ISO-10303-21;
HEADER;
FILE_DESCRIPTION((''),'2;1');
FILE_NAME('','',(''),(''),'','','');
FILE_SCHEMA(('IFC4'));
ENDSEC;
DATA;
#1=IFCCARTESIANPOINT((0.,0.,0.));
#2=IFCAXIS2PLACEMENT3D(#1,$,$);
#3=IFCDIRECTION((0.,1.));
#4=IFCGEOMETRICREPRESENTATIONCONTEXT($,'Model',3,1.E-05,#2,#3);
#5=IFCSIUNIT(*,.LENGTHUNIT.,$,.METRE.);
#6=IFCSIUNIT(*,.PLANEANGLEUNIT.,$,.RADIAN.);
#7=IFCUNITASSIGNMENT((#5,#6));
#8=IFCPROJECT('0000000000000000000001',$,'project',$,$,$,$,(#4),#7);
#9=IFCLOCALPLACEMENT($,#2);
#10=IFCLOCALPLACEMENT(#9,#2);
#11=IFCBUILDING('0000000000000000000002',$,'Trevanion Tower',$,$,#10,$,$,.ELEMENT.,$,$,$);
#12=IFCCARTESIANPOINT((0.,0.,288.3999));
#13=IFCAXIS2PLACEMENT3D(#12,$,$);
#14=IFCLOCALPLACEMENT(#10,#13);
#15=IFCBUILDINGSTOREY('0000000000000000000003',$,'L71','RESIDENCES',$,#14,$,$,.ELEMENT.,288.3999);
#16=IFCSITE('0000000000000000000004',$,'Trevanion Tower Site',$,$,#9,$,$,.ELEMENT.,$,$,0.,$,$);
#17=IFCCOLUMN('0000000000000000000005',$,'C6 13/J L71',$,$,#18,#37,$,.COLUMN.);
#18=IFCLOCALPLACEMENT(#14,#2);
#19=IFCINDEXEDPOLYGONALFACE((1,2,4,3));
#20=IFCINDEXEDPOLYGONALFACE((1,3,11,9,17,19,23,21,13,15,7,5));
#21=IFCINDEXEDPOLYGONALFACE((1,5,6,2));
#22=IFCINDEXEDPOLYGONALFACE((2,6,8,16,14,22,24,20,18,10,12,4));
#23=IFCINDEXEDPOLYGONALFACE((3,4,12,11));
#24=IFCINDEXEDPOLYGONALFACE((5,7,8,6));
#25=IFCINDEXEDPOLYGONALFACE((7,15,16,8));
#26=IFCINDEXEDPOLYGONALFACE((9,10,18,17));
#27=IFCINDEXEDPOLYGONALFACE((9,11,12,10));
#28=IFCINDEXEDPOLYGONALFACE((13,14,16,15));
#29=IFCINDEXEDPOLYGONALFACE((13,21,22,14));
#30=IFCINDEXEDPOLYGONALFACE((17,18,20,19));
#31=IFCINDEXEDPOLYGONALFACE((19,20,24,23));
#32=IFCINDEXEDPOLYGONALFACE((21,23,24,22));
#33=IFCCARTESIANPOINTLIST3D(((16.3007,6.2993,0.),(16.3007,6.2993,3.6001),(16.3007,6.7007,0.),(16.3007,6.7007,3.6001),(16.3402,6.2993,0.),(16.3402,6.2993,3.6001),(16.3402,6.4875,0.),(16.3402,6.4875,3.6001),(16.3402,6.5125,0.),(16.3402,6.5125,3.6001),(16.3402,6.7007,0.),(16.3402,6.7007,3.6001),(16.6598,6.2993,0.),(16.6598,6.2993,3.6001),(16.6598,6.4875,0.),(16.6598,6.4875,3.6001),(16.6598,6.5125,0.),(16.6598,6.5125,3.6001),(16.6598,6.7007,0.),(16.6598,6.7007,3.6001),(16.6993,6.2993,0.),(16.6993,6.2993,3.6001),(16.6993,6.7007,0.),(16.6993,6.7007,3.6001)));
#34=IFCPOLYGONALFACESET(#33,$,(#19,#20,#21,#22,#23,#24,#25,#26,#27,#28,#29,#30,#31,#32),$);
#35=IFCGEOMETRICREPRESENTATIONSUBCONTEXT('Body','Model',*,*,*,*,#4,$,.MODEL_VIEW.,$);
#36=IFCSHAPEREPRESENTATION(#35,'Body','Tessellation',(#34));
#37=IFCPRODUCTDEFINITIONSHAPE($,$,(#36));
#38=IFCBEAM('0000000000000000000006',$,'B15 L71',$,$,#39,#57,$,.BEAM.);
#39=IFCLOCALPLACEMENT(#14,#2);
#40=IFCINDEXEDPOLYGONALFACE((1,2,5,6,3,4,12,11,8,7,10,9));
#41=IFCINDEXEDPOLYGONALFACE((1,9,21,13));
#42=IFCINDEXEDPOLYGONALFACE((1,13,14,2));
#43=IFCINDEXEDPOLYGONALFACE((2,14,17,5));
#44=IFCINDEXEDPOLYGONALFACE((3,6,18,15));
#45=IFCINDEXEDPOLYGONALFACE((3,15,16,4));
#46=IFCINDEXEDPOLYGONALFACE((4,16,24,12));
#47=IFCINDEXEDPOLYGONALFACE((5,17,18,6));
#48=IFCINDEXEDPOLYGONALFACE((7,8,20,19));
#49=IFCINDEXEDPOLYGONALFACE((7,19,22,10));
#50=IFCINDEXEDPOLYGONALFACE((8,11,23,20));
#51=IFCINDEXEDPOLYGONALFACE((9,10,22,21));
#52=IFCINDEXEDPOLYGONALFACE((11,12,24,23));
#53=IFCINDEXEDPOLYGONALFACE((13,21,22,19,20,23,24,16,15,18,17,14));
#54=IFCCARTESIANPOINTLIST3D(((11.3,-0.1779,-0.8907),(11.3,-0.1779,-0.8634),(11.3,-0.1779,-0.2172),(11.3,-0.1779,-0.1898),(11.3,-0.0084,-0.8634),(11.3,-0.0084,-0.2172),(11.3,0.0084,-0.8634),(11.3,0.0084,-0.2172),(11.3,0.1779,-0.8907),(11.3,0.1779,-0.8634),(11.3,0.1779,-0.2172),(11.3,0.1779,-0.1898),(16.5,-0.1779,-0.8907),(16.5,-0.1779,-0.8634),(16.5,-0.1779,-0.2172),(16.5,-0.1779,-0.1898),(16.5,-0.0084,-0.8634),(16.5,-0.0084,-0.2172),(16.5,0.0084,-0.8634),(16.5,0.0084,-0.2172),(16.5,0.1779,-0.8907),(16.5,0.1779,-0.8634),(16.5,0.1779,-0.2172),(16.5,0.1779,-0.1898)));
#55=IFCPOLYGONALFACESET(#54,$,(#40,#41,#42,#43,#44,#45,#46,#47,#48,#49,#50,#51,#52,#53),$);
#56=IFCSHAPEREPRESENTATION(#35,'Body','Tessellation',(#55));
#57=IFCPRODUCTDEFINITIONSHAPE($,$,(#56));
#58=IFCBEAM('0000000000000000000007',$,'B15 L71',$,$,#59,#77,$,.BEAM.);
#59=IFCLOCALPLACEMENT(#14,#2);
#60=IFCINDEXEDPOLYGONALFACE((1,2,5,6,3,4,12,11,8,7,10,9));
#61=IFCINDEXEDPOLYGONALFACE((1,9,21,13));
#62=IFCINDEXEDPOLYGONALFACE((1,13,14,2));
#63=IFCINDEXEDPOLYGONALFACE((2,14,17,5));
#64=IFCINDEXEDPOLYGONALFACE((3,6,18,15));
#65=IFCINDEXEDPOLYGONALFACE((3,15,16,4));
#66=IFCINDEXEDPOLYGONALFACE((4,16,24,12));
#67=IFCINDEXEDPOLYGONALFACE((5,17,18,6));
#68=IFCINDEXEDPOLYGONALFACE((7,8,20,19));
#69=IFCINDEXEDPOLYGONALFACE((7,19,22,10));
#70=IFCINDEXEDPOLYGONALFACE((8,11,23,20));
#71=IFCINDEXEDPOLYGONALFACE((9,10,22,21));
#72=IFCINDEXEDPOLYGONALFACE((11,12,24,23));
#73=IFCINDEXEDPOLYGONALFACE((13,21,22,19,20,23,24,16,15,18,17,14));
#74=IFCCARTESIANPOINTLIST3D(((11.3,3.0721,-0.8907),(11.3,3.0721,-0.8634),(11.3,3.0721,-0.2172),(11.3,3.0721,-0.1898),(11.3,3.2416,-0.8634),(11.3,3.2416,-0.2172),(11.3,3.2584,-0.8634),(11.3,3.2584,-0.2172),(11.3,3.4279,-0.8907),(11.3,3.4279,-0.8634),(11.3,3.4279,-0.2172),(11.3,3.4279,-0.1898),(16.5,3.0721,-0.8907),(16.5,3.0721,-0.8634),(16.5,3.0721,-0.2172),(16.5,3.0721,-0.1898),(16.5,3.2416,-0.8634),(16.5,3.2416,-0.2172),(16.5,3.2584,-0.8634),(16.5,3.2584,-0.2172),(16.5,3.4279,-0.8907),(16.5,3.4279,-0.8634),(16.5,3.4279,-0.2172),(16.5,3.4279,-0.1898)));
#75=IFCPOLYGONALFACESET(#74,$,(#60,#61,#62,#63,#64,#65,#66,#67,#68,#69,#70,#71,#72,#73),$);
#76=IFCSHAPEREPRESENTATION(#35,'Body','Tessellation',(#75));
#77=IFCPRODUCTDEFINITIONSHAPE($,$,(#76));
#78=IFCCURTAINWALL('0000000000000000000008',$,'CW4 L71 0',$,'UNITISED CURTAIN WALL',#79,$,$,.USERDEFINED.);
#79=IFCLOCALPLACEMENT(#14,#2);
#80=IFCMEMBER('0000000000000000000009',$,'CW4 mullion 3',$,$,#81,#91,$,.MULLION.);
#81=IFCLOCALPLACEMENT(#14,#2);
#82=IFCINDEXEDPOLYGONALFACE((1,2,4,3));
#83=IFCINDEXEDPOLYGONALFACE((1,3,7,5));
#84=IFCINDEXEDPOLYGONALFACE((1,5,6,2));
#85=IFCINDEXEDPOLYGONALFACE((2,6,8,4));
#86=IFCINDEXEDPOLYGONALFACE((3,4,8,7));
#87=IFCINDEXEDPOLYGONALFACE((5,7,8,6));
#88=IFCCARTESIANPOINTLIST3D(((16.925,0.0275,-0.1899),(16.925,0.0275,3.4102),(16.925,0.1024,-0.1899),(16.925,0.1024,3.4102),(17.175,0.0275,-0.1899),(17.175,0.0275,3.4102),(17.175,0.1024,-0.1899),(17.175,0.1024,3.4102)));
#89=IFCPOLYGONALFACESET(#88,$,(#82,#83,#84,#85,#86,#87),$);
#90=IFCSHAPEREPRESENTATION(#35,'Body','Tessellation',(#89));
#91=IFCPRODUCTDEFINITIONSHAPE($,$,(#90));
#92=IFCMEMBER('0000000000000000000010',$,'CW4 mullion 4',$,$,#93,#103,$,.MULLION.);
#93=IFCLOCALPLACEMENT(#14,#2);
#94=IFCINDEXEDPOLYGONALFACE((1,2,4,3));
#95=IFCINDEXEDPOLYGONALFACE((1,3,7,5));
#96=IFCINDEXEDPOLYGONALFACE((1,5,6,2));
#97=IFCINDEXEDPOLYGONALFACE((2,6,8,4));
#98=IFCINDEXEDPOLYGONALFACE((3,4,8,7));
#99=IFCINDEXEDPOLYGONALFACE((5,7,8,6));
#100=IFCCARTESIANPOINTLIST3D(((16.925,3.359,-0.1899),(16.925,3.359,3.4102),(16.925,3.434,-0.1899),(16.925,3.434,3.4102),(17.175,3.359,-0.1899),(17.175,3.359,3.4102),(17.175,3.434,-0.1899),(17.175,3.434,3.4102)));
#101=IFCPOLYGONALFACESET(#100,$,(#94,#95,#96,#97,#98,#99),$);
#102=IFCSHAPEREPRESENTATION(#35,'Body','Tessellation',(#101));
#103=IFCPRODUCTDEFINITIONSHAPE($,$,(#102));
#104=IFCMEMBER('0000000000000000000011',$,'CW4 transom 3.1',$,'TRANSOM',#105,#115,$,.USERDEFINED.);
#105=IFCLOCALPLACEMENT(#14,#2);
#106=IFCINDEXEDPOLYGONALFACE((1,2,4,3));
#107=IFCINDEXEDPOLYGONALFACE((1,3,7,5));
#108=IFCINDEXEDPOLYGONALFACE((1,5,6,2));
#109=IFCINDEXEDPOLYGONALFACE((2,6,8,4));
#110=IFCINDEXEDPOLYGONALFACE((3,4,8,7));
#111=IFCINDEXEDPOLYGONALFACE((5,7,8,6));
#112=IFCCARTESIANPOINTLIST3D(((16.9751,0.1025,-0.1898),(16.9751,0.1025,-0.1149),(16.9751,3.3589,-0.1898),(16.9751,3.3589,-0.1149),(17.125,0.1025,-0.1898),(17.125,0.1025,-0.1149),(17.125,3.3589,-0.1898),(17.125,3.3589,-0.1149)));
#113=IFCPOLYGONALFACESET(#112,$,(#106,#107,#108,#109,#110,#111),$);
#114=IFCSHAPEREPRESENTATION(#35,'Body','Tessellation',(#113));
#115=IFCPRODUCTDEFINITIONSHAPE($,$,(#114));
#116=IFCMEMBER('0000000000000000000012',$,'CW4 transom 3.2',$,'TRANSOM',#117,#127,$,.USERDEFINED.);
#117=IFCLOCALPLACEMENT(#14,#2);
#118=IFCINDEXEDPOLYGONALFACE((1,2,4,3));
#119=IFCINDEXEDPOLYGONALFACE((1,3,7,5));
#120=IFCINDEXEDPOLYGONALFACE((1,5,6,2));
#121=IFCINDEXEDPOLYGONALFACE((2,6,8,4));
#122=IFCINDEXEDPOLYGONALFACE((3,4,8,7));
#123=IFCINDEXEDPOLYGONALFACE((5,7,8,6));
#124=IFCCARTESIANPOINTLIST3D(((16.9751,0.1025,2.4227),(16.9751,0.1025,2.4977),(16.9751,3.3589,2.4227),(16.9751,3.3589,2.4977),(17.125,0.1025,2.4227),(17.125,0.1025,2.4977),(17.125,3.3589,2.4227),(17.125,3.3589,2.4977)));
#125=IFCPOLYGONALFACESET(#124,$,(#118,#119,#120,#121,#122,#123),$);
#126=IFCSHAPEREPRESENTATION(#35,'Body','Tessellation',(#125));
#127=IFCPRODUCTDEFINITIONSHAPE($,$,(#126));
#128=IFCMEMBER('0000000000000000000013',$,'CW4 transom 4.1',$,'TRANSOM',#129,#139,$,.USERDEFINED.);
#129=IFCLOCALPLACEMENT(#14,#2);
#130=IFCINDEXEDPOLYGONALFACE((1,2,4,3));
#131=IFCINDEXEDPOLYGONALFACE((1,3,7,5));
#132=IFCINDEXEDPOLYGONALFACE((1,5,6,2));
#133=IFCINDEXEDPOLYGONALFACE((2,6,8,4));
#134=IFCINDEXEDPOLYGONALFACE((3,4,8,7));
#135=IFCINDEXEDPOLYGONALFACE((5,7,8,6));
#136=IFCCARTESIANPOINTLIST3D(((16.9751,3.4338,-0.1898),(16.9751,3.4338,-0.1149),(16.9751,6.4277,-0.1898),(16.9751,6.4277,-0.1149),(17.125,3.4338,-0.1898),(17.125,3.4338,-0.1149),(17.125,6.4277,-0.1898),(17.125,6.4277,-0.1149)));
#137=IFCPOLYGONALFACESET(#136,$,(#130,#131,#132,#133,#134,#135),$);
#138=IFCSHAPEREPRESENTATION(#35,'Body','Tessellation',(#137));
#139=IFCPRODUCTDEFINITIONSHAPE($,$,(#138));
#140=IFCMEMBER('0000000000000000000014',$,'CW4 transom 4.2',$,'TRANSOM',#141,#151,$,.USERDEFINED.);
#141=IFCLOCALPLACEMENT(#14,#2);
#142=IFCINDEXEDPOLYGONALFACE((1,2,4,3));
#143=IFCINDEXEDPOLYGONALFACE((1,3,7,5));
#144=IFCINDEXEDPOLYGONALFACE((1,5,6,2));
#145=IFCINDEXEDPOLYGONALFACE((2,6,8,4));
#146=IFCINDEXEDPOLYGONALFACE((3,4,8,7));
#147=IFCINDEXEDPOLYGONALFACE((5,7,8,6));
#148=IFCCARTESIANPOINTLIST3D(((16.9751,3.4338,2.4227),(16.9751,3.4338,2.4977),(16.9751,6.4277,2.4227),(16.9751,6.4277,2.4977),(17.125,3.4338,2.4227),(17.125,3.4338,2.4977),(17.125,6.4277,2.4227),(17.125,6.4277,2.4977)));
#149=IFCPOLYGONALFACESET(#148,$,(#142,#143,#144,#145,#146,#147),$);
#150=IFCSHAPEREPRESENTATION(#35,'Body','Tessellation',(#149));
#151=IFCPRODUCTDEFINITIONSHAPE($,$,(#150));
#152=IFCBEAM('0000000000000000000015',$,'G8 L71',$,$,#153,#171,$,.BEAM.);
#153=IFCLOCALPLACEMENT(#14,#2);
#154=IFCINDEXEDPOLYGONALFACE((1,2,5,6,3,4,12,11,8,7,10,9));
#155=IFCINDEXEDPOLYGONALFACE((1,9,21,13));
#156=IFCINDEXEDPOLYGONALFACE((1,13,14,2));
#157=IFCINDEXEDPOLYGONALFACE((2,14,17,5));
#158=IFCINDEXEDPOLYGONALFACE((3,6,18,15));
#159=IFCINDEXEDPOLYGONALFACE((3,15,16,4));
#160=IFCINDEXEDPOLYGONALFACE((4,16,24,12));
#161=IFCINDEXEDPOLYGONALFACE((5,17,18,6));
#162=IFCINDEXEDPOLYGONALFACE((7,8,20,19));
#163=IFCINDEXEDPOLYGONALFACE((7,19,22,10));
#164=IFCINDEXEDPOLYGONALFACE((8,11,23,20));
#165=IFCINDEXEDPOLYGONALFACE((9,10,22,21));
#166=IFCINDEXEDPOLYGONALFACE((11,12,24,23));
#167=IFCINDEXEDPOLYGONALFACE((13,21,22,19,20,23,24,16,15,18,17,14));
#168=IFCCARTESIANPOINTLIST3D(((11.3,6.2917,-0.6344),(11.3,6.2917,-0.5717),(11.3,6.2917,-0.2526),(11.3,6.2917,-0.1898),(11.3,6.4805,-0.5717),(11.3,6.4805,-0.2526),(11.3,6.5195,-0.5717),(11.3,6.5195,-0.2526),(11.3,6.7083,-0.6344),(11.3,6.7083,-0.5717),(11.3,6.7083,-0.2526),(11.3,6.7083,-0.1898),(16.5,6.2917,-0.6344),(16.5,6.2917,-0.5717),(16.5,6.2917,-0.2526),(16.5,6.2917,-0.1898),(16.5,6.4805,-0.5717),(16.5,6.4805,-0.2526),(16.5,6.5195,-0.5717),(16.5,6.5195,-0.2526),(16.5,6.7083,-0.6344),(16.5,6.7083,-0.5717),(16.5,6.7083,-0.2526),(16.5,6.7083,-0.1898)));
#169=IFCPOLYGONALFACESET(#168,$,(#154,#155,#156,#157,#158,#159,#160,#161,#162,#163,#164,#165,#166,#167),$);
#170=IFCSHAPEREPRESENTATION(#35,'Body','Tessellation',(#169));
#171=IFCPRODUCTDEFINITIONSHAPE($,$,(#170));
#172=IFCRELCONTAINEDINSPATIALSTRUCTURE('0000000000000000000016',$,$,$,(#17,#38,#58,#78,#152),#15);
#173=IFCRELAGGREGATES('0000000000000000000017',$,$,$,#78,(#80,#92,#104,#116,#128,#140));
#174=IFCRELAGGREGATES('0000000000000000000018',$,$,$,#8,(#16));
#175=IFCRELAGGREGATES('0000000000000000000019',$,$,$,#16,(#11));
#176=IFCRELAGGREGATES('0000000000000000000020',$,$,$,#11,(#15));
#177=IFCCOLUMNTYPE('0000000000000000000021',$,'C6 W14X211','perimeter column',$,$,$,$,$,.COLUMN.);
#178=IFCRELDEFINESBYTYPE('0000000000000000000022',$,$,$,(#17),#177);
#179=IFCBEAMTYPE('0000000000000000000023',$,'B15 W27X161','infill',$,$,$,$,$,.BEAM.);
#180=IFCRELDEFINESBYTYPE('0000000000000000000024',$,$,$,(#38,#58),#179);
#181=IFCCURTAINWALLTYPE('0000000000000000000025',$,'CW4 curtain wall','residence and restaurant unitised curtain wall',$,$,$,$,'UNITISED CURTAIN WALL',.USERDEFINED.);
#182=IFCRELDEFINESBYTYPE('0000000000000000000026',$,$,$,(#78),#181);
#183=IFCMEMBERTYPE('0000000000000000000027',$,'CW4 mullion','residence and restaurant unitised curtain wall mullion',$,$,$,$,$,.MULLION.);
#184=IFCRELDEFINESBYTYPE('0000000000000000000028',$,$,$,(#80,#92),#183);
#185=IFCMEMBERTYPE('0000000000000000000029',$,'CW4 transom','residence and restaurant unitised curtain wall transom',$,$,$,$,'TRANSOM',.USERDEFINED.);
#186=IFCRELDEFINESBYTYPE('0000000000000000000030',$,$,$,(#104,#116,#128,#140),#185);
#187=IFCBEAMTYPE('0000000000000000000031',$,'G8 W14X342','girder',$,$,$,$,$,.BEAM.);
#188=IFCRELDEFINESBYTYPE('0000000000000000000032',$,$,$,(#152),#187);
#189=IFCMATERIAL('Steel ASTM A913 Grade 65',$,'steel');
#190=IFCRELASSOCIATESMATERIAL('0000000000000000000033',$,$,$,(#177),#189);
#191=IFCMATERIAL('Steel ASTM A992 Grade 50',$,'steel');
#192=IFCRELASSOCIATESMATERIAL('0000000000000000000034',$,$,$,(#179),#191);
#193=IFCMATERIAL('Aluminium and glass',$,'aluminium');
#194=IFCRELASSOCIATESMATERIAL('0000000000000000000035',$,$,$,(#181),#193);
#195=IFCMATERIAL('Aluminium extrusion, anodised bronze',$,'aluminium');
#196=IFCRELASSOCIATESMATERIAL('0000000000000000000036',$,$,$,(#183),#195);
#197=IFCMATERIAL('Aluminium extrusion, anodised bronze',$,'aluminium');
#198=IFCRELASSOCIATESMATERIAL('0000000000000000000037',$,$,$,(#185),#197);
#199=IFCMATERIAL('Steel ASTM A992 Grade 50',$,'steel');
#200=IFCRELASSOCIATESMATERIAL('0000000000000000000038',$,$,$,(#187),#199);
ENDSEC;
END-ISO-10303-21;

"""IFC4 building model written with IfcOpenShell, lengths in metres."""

from ifc_helpers import new_model, si_unit, direction, frame, origin, origin_2d, place, context, subcontext, project, spatial, rectangle, i_section, extrude, material, material_profile, profile_set, type_object, element, aggregate, save


model = new_model("IFC4")

# Units and contexts
model_context = context("Model", 3, precision=1e-05, world=origin(), true_north=direction((0.0, 1.0)))
body_context = subcontext(model_context, "Body", "Model", "MODEL_VIEW")
ifc_project = project(units=[si_unit("LENGTHUNIT", "METRE"), si_unit("PLANEANGLEUNIT", "RADIAN")], contexts=[model_context])

# Site, building, storey
site_placement = place(None, origin())
site = spatial("IfcSite", under=ifc_project, at=site_placement, Name="Trevanion Tower Site", CompositionType="ELEMENT", RefElevation=0.0)
building_placement = place(site_placement, origin())
building = spatial("IfcBuilding", under=site, at=building_placement, Name="Trevanion Tower", CompositionType="ELEMENT")
storey_placement = place(building_placement, frame((0.0, 0.0, 288.3999)))
storey = spatial("IfcBuildingStorey", under=building, at=storey_placement, Name="L71", Description="RESIDENCES", CompositionType="ELEMENT", Elevation=288.3999)

# Column
ifc_material_1 = material(Name="Steel ASTM A913 Grade 65", Category="steel")
ifc_material_profile_1 = material_profile(ifc_material_1, i_section(OverallWidth=0.4014, OverallDepth=0.3987, WebThickness=0.0249, FlangeThickness=0.0396, at=origin_2d()), Name="W14X211")
ifc_profile_set_1 = profile_set([ifc_material_profile_1], Name="Steel ASTM A913 Grade 65")
column_type = type_object("IfcColumnType", Name="C6 W14X211", Description="perimeter column", PredefinedType="COLUMN", material=ifc_profile_set_1)
column_placement = place(storey_placement, frame((16.5, 6.5, 0.0), z_axis=(0.0, 0.0, 1.0), x_axis=(0.0, 1.0, 0.0)))
element("IfcColumn", 1, at=column_placement, inside=storey, type_object=column_type, Name="C6 13/J L71", PredefinedType="COLUMN", context=body_context, shape_type="SweptSolid", body=[
    extrude(i_section(OverallWidth=0.4014, OverallDepth=0.3987, WebThickness=0.0249, FlangeThickness=0.0396, at=origin_2d()), origin(), (0.0, 0.0, 1.0), 3.6001),
])

# Beams
ifc_material_2 = material(Name="Steel ASTM A992 Grade 50", Category="steel")
ifc_material_profile_2 = material_profile(ifc_material_2, i_section(OverallWidth=0.3557, OverallDepth=0.7009, WebThickness=0.0168, FlangeThickness=0.0273, at=origin_2d()), Name="W27X161")
ifc_profile_set_2 = profile_set([ifc_material_profile_2], Name="Steel ASTM A992 Grade 50")
beam_type_1 = type_object("IfcBeamType", Name="B15 W27X161", Description="infill", PredefinedType="BEAM", material=ifc_profile_set_2)
for number, where, z_axis, x_axis, name in (
    (2, (11.3, 0.0, -0.5403), (1.0, 0.0, 0.0), (0.0, 1.0, 0.0), "B15 L71"),
    (3, (11.3, 3.25, -0.5403), (1.0, 0.0, 0.0), (0.0, 1.0, 0.0), "B15 L71"),
):
    element("IfcBeam", number, at=place(storey_placement, frame(where, z_axis=z_axis, x_axis=x_axis)), inside=storey, type_object=beam_type_1, Name=name, PredefinedType="BEAM", context=body_context, shape_type="SweptSolid", body=[
        extrude(i_section(OverallWidth=0.3557, OverallDepth=0.7009, WebThickness=0.0168, FlangeThickness=0.0273, at=origin_2d()), origin(), (0.0, 0.0, 1.0), 5.2),
    ])

# Curtain wall, members
ifc_material_3 = material(Name="Aluminium and glass", Category="aluminium")
curtain_wall_type = type_object("IfcCurtainWallType", Name="CW4 curtain wall", Description="residence and restaurant unitised curtain wall", ElementType="UNITISED CURTAIN WALL", PredefinedType="USERDEFINED", material=ifc_material_3)
curtain_wall_placement = place(storey_placement, origin())
curtain_wall = element("IfcCurtainWall", 4, at=curtain_wall_placement, inside=storey, type_object=curtain_wall_type, Name="CW4 L71 0", ObjectType="UNITISED CURTAIN WALL", PredefinedType="USERDEFINED")
ifc_material_4 = material(Name="Aluminium extrusion, anodised bronze", Category="aluminium")
ifc_material_profile_3 = material_profile(ifc_material_4, rectangle(XDim=0.075, YDim=0.25, at=origin_2d()), Name="CW4 mullion")
ifc_profile_set_3 = profile_set([ifc_material_profile_3], Name="Aluminium extrusion, anodised bronze")
member_type_1 = type_object("IfcMemberType", Name="CW4 mullion", Description="residence and restaurant unitised curtain wall mullion", PredefinedType="MULLION", material=ifc_profile_set_3)
member_1_placement = place(storey_placement, frame((17.05, 0.0649, -0.1899), z_axis=(0.0, 0.0, 1.0), x_axis=(0.0, 1.0, 0.0)))
member_1 = element("IfcMember", 5, at=member_1_placement, type_object=member_type_1, Name="CW4 mullion 3", PredefinedType="MULLION", context=body_context, shape_type="SweptSolid", body=[
    extrude(rectangle(XDim=0.075, YDim=0.25, at=origin_2d()), origin(), (0.0, 0.0, 1.0), 3.6001),
])
member_2_placement = place(storey_placement, frame((17.05, 3.3965, -0.1899), z_axis=(0.0, 0.0, 1.0), x_axis=(0.0, 1.0, 0.0)))
member_2 = element("IfcMember", 6, at=member_2_placement, type_object=member_type_1, Name="CW4 mullion 4", PredefinedType="MULLION", context=body_context, shape_type="SweptSolid", body=[
    extrude(rectangle(XDim=0.075, YDim=0.25, at=origin_2d()), origin(), (0.0, 0.0, 1.0), 3.6001),
])
ifc_material_5 = material(Name="Aluminium extrusion, anodised bronze", Category="aluminium")
ifc_material_profile_4 = material_profile(ifc_material_5, rectangle(XDim=0.1499, YDim=0.075, at=origin_2d()), Name="CW4 transom")
ifc_profile_set_4 = profile_set([ifc_material_profile_4], Name="Aluminium extrusion, anodised bronze")
member_type_2 = type_object("IfcMemberType", Name="CW4 transom", Description="residence and restaurant unitised curtain wall transom", ElementType="TRANSOM", PredefinedType="USERDEFINED", material=ifc_profile_set_4)
member_3_placement = place(storey_placement, frame((17.05, 0.1025, -0.1523), z_axis=(0.0, 1.0, 0.0), x_axis=(-1.0, 0.0, 0.0)))
member_3 = element("IfcMember", 7, at=member_3_placement, type_object=member_type_2, Name="CW4 transom 3.1", ObjectType="TRANSOM", PredefinedType="USERDEFINED", context=body_context, shape_type="SweptSolid", body=[
    extrude(rectangle(XDim=0.1499, YDim=0.075, at=origin_2d()), origin(), (0.0, 0.0, 1.0), 3.2563),
])
member_4_placement = place(storey_placement, frame((17.05, 0.1025, 2.4602), z_axis=(0.0, 1.0, 0.0), x_axis=(-1.0, 0.0, 0.0)))
member_4 = element("IfcMember", 8, at=member_4_placement, type_object=member_type_2, Name="CW4 transom 3.2", ObjectType="TRANSOM", PredefinedType="USERDEFINED", context=body_context, shape_type="SweptSolid", body=[
    extrude(rectangle(XDim=0.1499, YDim=0.075, at=origin_2d()), origin(), (0.0, 0.0, 1.0), 3.2563),
])
member_5_placement = place(storey_placement, frame((17.05, 3.4338, -0.1523), z_axis=(0.0, 1.0, 0.0), x_axis=(-1.0, 0.0, 0.0)))
member_5 = element("IfcMember", 9, at=member_5_placement, type_object=member_type_2, Name="CW4 transom 4.1", ObjectType="TRANSOM", PredefinedType="USERDEFINED", context=body_context, shape_type="SweptSolid", body=[
    extrude(rectangle(XDim=0.1499, YDim=0.075, at=origin_2d()), origin(), (0.0, 0.0, 1.0), 2.9939),
])
member_6_placement = place(storey_placement, frame((17.05, 3.4338, 2.4602), z_axis=(0.0, 1.0, 0.0), x_axis=(-1.0, 0.0, 0.0)))
member_6 = element("IfcMember", 10, at=member_6_placement, type_object=member_type_2, Name="CW4 transom 4.2", ObjectType="TRANSOM", PredefinedType="USERDEFINED", context=body_context, shape_type="SweptSolid", body=[
    extrude(rectangle(XDim=0.1499, YDim=0.075, at=origin_2d()), origin(), (0.0, 0.0, 1.0), 2.9939),
])

# Beam
ifc_material_6 = material(Name="Steel ASTM A992 Grade 50", Category="steel")
ifc_material_profile_5 = material_profile(ifc_material_6, i_section(OverallWidth=0.4165, OverallDepth=0.4446, WebThickness=0.0391, FlangeThickness=0.0627, at=origin_2d()), Name="W14X342")
ifc_profile_set_5 = profile_set([ifc_material_profile_5], Name="Steel ASTM A992 Grade 50")
beam_type_2 = type_object("IfcBeamType", Name="G8 W14X342", Description="girder", PredefinedType="BEAM", material=ifc_profile_set_5)
beam_1_placement = place(storey_placement, frame((11.3, 6.5, -0.4121), z_axis=(1.0, 0.0, 0.0), x_axis=(0.0, 1.0, 0.0)))
element("IfcBeam", 11, at=beam_1_placement, inside=storey, type_object=beam_type_2, Name="G8 L71", PredefinedType="BEAM", context=body_context, shape_type="SweptSolid", body=[
    extrude(i_section(OverallWidth=0.4165, OverallDepth=0.4446, WebThickness=0.0391, FlangeThickness=0.0627, at=origin_2d()), origin(), (0.0, 0.0, 1.0), 5.2),
])

aggregate(curtain_wall, [member_1, member_2, member_3, member_4, member_5, member_6])

save(model, "model.ifc")
